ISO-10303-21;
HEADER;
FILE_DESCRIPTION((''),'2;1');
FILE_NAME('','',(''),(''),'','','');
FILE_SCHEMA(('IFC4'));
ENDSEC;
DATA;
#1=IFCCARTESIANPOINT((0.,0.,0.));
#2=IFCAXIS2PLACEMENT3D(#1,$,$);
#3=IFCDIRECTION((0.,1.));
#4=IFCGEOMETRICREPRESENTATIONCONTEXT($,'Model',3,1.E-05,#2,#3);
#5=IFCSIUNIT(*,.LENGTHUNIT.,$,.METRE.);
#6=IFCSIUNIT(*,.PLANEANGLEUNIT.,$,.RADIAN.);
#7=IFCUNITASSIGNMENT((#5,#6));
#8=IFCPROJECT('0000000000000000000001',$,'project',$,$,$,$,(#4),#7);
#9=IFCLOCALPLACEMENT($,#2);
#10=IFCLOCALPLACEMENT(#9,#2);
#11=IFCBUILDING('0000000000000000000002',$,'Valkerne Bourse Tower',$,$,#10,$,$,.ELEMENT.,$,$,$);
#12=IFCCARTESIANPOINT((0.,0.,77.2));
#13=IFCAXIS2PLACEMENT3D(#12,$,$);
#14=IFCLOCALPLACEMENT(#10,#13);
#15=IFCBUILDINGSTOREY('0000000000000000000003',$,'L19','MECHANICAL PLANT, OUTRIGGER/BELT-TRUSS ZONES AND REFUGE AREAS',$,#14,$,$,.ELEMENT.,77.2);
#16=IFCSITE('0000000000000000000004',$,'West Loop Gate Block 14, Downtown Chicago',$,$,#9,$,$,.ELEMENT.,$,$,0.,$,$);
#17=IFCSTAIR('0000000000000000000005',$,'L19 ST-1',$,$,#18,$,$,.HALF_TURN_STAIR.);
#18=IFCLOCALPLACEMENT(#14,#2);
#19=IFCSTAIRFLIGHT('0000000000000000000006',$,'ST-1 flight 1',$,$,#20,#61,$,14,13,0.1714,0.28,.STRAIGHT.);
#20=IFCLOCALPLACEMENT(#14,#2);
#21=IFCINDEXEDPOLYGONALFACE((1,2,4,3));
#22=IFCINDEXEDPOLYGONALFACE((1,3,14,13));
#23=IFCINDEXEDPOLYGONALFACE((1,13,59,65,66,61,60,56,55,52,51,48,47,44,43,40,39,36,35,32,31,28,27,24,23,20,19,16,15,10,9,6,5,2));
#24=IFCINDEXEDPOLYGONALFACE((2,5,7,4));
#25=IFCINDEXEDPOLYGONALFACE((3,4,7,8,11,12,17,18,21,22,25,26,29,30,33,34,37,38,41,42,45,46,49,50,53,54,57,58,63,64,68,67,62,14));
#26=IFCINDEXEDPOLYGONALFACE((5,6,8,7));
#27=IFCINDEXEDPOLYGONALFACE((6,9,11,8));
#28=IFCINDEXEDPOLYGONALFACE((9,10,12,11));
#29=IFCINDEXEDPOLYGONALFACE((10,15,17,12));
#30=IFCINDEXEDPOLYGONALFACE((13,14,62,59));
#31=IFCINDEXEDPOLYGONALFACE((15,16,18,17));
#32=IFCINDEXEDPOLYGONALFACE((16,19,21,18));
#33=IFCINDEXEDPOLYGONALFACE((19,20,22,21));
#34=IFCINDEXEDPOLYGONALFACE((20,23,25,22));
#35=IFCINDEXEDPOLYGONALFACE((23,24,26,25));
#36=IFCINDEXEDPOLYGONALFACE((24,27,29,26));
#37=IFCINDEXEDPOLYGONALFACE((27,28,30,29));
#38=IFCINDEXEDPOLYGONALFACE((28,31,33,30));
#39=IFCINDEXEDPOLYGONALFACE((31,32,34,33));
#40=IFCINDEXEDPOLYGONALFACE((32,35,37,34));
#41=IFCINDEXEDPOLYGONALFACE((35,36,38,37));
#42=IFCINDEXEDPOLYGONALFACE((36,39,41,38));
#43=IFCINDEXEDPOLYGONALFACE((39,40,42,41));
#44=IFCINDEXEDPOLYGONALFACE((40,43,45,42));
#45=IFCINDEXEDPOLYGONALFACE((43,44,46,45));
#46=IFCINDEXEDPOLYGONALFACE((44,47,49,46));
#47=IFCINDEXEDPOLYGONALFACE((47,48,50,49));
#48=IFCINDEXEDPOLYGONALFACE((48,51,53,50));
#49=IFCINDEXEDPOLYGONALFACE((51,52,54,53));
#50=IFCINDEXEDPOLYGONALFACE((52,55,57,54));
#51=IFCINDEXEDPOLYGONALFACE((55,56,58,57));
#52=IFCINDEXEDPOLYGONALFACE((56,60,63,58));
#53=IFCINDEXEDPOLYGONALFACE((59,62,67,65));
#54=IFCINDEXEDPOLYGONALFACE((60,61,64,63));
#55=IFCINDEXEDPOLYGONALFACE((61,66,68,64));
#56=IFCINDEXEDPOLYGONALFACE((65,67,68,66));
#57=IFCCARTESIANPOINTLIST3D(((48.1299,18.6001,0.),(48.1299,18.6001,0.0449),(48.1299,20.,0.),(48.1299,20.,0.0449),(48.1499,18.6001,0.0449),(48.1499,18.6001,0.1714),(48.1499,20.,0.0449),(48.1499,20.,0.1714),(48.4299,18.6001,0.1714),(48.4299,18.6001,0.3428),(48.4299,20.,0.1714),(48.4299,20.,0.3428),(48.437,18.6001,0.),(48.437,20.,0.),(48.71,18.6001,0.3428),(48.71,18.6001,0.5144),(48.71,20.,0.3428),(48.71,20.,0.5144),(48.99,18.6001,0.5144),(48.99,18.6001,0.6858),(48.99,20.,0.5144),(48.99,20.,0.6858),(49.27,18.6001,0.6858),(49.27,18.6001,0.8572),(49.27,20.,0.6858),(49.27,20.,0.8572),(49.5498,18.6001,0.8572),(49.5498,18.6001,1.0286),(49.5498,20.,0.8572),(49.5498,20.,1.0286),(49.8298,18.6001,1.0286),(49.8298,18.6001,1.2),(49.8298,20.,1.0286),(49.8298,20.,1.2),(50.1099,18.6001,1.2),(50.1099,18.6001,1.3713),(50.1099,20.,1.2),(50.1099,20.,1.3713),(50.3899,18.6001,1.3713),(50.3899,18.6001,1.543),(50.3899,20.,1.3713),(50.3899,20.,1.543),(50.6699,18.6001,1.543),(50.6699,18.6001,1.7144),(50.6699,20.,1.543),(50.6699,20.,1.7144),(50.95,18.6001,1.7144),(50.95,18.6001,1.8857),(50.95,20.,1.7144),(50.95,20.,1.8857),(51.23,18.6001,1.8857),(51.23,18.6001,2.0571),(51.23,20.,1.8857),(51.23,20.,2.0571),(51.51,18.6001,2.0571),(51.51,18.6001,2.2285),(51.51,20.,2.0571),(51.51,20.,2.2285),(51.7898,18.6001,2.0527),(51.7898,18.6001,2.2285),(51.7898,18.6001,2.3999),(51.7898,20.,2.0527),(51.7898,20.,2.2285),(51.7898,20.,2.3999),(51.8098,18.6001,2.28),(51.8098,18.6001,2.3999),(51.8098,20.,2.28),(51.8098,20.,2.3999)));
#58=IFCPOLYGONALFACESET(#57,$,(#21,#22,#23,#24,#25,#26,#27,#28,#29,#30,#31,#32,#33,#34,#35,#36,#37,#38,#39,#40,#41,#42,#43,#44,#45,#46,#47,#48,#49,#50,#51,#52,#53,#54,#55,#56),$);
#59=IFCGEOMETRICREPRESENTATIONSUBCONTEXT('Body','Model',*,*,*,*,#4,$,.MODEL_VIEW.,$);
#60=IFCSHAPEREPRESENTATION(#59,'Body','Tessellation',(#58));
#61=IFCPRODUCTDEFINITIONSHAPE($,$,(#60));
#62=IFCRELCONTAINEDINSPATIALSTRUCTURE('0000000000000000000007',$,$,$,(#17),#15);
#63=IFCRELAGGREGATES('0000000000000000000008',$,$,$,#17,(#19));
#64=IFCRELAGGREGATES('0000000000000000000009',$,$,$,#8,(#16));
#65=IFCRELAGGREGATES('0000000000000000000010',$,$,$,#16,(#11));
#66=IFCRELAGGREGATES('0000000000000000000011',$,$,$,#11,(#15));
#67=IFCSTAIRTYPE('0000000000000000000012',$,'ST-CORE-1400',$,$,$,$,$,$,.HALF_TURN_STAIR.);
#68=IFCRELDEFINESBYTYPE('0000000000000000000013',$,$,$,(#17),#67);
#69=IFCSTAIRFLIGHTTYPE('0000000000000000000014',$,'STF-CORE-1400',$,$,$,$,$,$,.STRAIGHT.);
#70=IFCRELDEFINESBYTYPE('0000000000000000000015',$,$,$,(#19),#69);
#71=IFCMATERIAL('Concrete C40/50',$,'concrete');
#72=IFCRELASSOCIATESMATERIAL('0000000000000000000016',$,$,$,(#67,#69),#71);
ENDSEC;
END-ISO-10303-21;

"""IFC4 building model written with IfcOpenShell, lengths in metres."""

from ifc_helpers import new_model, si_unit, direction, frame, origin, place, context, subcontext, project, spatial, polyline, outline, extrude, material, type_object, element, aggregate, save


model = new_model("IFC4")

# Units and contexts
model_context = context("Model", 3, precision=1e-05, world=origin(), true_north=direction((0.0, 1.0)))
body_context = subcontext(model_context, "Body", "Model", "MODEL_VIEW")
ifc_project = project(units=[si_unit("LENGTHUNIT", "METRE"), si_unit("PLANEANGLEUNIT", "RADIAN")], contexts=[model_context])

# Site, building, storey
site_placement = place(None, origin())
site = spatial("IfcSite", under=ifc_project, at=site_placement, Name="West Loop Gate Block 14, Downtown Chicago", CompositionType="ELEMENT", RefElevation=0.0)
building_placement = place(site_placement, origin())
building = spatial("IfcBuilding", under=site, at=building_placement, Name="Valkerne Bourse Tower", CompositionType="ELEMENT")
storey_placement = place(building_placement, frame((0.0, 0.0, 77.2)))
storey = spatial("IfcBuildingStorey", under=building, at=storey_placement, Name="L19", Description="MECHANICAL PLANT, OUTRIGGER/BELT-TRUSS ZONES AND REFUGE AREAS", CompositionType="ELEMENT", Elevation=77.2)

# Shared definitions
ifc_material_1 = material(Name="Concrete C40/50", Category="concrete")

# Stair, stair flight
stair_type = type_object("IfcStairType", Name="ST-CORE-1400", PredefinedType="HALF_TURN_STAIR", material=ifc_material_1)
stair_placement = place(storey_placement, origin())
stair = element("IfcStair", 1, at=stair_placement, inside=storey, type_object=stair_type, Name="L19 ST-1", PredefinedType="HALF_TURN_STAIR")
stair_flight_type = type_object("IfcStairFlightType", Name="STF-CORE-1400", PredefinedType="STRAIGHT", material=ifc_material_1)
stair_flight_placement = place(storey_placement, frame((48.1499, 19.3, 0.0), z_axis=(0.0, 0.0, 1.0), x_axis=(1.0, 0.0, 0.0)))
stair_flight = element("IfcStairFlight", 2, at=stair_flight_placement, type_object=stair_flight_type, Name="ST-1 flight 1", NumberOfRisers=14, NumberOfTreads=13, PredefinedType="STRAIGHT", RiserHeight=0.1714, TreadLength=0.28, context=body_context, shape_type="SweptSolid", body=[
    extrude(outline(polyline([(-0.02, 0.0), (-0.02, 0.0449), (0.0, 0.0449), (0.0, 0.1714), (0.28, 0.1714), (0.28, 0.3428), (0.5601, 0.3428), (0.5601, 0.5144), (0.8401, 0.5144), (0.8401, 0.6858), (1.1201, 0.6858), (1.1201, 0.8572), (1.3999, 0.8572), (1.3999, 1.0286), (1.6799, 1.0286), (1.6799, 1.2), (1.96, 1.2), (1.96, 1.3713), (2.24, 1.3713), (2.24, 1.543), (2.52, 1.543), (2.52, 1.7144), (2.8, 1.7144), (2.8, 1.8857), (3.0801, 1.8857), (3.0801, 2.0571), (3.3601, 2.0571), (3.3601, 2.2285), (3.6399, 2.2285), (3.6399, 2.3999), (3.6599, 2.3999), (3.6599, 2.28), (3.6399, 2.0527), (0.2871, 0.0), (-0.02, 0.0)])), frame((0.0, 0.7, 0.0), z_axis=(0.0, -1.0, 0.0), x_axis=(1.0, 0.0, 0.0)), (0.0, 0.0, 1.0), 1.3999),
])
aggregate(stair, [stair_flight])

save(model, "model.ifc")
